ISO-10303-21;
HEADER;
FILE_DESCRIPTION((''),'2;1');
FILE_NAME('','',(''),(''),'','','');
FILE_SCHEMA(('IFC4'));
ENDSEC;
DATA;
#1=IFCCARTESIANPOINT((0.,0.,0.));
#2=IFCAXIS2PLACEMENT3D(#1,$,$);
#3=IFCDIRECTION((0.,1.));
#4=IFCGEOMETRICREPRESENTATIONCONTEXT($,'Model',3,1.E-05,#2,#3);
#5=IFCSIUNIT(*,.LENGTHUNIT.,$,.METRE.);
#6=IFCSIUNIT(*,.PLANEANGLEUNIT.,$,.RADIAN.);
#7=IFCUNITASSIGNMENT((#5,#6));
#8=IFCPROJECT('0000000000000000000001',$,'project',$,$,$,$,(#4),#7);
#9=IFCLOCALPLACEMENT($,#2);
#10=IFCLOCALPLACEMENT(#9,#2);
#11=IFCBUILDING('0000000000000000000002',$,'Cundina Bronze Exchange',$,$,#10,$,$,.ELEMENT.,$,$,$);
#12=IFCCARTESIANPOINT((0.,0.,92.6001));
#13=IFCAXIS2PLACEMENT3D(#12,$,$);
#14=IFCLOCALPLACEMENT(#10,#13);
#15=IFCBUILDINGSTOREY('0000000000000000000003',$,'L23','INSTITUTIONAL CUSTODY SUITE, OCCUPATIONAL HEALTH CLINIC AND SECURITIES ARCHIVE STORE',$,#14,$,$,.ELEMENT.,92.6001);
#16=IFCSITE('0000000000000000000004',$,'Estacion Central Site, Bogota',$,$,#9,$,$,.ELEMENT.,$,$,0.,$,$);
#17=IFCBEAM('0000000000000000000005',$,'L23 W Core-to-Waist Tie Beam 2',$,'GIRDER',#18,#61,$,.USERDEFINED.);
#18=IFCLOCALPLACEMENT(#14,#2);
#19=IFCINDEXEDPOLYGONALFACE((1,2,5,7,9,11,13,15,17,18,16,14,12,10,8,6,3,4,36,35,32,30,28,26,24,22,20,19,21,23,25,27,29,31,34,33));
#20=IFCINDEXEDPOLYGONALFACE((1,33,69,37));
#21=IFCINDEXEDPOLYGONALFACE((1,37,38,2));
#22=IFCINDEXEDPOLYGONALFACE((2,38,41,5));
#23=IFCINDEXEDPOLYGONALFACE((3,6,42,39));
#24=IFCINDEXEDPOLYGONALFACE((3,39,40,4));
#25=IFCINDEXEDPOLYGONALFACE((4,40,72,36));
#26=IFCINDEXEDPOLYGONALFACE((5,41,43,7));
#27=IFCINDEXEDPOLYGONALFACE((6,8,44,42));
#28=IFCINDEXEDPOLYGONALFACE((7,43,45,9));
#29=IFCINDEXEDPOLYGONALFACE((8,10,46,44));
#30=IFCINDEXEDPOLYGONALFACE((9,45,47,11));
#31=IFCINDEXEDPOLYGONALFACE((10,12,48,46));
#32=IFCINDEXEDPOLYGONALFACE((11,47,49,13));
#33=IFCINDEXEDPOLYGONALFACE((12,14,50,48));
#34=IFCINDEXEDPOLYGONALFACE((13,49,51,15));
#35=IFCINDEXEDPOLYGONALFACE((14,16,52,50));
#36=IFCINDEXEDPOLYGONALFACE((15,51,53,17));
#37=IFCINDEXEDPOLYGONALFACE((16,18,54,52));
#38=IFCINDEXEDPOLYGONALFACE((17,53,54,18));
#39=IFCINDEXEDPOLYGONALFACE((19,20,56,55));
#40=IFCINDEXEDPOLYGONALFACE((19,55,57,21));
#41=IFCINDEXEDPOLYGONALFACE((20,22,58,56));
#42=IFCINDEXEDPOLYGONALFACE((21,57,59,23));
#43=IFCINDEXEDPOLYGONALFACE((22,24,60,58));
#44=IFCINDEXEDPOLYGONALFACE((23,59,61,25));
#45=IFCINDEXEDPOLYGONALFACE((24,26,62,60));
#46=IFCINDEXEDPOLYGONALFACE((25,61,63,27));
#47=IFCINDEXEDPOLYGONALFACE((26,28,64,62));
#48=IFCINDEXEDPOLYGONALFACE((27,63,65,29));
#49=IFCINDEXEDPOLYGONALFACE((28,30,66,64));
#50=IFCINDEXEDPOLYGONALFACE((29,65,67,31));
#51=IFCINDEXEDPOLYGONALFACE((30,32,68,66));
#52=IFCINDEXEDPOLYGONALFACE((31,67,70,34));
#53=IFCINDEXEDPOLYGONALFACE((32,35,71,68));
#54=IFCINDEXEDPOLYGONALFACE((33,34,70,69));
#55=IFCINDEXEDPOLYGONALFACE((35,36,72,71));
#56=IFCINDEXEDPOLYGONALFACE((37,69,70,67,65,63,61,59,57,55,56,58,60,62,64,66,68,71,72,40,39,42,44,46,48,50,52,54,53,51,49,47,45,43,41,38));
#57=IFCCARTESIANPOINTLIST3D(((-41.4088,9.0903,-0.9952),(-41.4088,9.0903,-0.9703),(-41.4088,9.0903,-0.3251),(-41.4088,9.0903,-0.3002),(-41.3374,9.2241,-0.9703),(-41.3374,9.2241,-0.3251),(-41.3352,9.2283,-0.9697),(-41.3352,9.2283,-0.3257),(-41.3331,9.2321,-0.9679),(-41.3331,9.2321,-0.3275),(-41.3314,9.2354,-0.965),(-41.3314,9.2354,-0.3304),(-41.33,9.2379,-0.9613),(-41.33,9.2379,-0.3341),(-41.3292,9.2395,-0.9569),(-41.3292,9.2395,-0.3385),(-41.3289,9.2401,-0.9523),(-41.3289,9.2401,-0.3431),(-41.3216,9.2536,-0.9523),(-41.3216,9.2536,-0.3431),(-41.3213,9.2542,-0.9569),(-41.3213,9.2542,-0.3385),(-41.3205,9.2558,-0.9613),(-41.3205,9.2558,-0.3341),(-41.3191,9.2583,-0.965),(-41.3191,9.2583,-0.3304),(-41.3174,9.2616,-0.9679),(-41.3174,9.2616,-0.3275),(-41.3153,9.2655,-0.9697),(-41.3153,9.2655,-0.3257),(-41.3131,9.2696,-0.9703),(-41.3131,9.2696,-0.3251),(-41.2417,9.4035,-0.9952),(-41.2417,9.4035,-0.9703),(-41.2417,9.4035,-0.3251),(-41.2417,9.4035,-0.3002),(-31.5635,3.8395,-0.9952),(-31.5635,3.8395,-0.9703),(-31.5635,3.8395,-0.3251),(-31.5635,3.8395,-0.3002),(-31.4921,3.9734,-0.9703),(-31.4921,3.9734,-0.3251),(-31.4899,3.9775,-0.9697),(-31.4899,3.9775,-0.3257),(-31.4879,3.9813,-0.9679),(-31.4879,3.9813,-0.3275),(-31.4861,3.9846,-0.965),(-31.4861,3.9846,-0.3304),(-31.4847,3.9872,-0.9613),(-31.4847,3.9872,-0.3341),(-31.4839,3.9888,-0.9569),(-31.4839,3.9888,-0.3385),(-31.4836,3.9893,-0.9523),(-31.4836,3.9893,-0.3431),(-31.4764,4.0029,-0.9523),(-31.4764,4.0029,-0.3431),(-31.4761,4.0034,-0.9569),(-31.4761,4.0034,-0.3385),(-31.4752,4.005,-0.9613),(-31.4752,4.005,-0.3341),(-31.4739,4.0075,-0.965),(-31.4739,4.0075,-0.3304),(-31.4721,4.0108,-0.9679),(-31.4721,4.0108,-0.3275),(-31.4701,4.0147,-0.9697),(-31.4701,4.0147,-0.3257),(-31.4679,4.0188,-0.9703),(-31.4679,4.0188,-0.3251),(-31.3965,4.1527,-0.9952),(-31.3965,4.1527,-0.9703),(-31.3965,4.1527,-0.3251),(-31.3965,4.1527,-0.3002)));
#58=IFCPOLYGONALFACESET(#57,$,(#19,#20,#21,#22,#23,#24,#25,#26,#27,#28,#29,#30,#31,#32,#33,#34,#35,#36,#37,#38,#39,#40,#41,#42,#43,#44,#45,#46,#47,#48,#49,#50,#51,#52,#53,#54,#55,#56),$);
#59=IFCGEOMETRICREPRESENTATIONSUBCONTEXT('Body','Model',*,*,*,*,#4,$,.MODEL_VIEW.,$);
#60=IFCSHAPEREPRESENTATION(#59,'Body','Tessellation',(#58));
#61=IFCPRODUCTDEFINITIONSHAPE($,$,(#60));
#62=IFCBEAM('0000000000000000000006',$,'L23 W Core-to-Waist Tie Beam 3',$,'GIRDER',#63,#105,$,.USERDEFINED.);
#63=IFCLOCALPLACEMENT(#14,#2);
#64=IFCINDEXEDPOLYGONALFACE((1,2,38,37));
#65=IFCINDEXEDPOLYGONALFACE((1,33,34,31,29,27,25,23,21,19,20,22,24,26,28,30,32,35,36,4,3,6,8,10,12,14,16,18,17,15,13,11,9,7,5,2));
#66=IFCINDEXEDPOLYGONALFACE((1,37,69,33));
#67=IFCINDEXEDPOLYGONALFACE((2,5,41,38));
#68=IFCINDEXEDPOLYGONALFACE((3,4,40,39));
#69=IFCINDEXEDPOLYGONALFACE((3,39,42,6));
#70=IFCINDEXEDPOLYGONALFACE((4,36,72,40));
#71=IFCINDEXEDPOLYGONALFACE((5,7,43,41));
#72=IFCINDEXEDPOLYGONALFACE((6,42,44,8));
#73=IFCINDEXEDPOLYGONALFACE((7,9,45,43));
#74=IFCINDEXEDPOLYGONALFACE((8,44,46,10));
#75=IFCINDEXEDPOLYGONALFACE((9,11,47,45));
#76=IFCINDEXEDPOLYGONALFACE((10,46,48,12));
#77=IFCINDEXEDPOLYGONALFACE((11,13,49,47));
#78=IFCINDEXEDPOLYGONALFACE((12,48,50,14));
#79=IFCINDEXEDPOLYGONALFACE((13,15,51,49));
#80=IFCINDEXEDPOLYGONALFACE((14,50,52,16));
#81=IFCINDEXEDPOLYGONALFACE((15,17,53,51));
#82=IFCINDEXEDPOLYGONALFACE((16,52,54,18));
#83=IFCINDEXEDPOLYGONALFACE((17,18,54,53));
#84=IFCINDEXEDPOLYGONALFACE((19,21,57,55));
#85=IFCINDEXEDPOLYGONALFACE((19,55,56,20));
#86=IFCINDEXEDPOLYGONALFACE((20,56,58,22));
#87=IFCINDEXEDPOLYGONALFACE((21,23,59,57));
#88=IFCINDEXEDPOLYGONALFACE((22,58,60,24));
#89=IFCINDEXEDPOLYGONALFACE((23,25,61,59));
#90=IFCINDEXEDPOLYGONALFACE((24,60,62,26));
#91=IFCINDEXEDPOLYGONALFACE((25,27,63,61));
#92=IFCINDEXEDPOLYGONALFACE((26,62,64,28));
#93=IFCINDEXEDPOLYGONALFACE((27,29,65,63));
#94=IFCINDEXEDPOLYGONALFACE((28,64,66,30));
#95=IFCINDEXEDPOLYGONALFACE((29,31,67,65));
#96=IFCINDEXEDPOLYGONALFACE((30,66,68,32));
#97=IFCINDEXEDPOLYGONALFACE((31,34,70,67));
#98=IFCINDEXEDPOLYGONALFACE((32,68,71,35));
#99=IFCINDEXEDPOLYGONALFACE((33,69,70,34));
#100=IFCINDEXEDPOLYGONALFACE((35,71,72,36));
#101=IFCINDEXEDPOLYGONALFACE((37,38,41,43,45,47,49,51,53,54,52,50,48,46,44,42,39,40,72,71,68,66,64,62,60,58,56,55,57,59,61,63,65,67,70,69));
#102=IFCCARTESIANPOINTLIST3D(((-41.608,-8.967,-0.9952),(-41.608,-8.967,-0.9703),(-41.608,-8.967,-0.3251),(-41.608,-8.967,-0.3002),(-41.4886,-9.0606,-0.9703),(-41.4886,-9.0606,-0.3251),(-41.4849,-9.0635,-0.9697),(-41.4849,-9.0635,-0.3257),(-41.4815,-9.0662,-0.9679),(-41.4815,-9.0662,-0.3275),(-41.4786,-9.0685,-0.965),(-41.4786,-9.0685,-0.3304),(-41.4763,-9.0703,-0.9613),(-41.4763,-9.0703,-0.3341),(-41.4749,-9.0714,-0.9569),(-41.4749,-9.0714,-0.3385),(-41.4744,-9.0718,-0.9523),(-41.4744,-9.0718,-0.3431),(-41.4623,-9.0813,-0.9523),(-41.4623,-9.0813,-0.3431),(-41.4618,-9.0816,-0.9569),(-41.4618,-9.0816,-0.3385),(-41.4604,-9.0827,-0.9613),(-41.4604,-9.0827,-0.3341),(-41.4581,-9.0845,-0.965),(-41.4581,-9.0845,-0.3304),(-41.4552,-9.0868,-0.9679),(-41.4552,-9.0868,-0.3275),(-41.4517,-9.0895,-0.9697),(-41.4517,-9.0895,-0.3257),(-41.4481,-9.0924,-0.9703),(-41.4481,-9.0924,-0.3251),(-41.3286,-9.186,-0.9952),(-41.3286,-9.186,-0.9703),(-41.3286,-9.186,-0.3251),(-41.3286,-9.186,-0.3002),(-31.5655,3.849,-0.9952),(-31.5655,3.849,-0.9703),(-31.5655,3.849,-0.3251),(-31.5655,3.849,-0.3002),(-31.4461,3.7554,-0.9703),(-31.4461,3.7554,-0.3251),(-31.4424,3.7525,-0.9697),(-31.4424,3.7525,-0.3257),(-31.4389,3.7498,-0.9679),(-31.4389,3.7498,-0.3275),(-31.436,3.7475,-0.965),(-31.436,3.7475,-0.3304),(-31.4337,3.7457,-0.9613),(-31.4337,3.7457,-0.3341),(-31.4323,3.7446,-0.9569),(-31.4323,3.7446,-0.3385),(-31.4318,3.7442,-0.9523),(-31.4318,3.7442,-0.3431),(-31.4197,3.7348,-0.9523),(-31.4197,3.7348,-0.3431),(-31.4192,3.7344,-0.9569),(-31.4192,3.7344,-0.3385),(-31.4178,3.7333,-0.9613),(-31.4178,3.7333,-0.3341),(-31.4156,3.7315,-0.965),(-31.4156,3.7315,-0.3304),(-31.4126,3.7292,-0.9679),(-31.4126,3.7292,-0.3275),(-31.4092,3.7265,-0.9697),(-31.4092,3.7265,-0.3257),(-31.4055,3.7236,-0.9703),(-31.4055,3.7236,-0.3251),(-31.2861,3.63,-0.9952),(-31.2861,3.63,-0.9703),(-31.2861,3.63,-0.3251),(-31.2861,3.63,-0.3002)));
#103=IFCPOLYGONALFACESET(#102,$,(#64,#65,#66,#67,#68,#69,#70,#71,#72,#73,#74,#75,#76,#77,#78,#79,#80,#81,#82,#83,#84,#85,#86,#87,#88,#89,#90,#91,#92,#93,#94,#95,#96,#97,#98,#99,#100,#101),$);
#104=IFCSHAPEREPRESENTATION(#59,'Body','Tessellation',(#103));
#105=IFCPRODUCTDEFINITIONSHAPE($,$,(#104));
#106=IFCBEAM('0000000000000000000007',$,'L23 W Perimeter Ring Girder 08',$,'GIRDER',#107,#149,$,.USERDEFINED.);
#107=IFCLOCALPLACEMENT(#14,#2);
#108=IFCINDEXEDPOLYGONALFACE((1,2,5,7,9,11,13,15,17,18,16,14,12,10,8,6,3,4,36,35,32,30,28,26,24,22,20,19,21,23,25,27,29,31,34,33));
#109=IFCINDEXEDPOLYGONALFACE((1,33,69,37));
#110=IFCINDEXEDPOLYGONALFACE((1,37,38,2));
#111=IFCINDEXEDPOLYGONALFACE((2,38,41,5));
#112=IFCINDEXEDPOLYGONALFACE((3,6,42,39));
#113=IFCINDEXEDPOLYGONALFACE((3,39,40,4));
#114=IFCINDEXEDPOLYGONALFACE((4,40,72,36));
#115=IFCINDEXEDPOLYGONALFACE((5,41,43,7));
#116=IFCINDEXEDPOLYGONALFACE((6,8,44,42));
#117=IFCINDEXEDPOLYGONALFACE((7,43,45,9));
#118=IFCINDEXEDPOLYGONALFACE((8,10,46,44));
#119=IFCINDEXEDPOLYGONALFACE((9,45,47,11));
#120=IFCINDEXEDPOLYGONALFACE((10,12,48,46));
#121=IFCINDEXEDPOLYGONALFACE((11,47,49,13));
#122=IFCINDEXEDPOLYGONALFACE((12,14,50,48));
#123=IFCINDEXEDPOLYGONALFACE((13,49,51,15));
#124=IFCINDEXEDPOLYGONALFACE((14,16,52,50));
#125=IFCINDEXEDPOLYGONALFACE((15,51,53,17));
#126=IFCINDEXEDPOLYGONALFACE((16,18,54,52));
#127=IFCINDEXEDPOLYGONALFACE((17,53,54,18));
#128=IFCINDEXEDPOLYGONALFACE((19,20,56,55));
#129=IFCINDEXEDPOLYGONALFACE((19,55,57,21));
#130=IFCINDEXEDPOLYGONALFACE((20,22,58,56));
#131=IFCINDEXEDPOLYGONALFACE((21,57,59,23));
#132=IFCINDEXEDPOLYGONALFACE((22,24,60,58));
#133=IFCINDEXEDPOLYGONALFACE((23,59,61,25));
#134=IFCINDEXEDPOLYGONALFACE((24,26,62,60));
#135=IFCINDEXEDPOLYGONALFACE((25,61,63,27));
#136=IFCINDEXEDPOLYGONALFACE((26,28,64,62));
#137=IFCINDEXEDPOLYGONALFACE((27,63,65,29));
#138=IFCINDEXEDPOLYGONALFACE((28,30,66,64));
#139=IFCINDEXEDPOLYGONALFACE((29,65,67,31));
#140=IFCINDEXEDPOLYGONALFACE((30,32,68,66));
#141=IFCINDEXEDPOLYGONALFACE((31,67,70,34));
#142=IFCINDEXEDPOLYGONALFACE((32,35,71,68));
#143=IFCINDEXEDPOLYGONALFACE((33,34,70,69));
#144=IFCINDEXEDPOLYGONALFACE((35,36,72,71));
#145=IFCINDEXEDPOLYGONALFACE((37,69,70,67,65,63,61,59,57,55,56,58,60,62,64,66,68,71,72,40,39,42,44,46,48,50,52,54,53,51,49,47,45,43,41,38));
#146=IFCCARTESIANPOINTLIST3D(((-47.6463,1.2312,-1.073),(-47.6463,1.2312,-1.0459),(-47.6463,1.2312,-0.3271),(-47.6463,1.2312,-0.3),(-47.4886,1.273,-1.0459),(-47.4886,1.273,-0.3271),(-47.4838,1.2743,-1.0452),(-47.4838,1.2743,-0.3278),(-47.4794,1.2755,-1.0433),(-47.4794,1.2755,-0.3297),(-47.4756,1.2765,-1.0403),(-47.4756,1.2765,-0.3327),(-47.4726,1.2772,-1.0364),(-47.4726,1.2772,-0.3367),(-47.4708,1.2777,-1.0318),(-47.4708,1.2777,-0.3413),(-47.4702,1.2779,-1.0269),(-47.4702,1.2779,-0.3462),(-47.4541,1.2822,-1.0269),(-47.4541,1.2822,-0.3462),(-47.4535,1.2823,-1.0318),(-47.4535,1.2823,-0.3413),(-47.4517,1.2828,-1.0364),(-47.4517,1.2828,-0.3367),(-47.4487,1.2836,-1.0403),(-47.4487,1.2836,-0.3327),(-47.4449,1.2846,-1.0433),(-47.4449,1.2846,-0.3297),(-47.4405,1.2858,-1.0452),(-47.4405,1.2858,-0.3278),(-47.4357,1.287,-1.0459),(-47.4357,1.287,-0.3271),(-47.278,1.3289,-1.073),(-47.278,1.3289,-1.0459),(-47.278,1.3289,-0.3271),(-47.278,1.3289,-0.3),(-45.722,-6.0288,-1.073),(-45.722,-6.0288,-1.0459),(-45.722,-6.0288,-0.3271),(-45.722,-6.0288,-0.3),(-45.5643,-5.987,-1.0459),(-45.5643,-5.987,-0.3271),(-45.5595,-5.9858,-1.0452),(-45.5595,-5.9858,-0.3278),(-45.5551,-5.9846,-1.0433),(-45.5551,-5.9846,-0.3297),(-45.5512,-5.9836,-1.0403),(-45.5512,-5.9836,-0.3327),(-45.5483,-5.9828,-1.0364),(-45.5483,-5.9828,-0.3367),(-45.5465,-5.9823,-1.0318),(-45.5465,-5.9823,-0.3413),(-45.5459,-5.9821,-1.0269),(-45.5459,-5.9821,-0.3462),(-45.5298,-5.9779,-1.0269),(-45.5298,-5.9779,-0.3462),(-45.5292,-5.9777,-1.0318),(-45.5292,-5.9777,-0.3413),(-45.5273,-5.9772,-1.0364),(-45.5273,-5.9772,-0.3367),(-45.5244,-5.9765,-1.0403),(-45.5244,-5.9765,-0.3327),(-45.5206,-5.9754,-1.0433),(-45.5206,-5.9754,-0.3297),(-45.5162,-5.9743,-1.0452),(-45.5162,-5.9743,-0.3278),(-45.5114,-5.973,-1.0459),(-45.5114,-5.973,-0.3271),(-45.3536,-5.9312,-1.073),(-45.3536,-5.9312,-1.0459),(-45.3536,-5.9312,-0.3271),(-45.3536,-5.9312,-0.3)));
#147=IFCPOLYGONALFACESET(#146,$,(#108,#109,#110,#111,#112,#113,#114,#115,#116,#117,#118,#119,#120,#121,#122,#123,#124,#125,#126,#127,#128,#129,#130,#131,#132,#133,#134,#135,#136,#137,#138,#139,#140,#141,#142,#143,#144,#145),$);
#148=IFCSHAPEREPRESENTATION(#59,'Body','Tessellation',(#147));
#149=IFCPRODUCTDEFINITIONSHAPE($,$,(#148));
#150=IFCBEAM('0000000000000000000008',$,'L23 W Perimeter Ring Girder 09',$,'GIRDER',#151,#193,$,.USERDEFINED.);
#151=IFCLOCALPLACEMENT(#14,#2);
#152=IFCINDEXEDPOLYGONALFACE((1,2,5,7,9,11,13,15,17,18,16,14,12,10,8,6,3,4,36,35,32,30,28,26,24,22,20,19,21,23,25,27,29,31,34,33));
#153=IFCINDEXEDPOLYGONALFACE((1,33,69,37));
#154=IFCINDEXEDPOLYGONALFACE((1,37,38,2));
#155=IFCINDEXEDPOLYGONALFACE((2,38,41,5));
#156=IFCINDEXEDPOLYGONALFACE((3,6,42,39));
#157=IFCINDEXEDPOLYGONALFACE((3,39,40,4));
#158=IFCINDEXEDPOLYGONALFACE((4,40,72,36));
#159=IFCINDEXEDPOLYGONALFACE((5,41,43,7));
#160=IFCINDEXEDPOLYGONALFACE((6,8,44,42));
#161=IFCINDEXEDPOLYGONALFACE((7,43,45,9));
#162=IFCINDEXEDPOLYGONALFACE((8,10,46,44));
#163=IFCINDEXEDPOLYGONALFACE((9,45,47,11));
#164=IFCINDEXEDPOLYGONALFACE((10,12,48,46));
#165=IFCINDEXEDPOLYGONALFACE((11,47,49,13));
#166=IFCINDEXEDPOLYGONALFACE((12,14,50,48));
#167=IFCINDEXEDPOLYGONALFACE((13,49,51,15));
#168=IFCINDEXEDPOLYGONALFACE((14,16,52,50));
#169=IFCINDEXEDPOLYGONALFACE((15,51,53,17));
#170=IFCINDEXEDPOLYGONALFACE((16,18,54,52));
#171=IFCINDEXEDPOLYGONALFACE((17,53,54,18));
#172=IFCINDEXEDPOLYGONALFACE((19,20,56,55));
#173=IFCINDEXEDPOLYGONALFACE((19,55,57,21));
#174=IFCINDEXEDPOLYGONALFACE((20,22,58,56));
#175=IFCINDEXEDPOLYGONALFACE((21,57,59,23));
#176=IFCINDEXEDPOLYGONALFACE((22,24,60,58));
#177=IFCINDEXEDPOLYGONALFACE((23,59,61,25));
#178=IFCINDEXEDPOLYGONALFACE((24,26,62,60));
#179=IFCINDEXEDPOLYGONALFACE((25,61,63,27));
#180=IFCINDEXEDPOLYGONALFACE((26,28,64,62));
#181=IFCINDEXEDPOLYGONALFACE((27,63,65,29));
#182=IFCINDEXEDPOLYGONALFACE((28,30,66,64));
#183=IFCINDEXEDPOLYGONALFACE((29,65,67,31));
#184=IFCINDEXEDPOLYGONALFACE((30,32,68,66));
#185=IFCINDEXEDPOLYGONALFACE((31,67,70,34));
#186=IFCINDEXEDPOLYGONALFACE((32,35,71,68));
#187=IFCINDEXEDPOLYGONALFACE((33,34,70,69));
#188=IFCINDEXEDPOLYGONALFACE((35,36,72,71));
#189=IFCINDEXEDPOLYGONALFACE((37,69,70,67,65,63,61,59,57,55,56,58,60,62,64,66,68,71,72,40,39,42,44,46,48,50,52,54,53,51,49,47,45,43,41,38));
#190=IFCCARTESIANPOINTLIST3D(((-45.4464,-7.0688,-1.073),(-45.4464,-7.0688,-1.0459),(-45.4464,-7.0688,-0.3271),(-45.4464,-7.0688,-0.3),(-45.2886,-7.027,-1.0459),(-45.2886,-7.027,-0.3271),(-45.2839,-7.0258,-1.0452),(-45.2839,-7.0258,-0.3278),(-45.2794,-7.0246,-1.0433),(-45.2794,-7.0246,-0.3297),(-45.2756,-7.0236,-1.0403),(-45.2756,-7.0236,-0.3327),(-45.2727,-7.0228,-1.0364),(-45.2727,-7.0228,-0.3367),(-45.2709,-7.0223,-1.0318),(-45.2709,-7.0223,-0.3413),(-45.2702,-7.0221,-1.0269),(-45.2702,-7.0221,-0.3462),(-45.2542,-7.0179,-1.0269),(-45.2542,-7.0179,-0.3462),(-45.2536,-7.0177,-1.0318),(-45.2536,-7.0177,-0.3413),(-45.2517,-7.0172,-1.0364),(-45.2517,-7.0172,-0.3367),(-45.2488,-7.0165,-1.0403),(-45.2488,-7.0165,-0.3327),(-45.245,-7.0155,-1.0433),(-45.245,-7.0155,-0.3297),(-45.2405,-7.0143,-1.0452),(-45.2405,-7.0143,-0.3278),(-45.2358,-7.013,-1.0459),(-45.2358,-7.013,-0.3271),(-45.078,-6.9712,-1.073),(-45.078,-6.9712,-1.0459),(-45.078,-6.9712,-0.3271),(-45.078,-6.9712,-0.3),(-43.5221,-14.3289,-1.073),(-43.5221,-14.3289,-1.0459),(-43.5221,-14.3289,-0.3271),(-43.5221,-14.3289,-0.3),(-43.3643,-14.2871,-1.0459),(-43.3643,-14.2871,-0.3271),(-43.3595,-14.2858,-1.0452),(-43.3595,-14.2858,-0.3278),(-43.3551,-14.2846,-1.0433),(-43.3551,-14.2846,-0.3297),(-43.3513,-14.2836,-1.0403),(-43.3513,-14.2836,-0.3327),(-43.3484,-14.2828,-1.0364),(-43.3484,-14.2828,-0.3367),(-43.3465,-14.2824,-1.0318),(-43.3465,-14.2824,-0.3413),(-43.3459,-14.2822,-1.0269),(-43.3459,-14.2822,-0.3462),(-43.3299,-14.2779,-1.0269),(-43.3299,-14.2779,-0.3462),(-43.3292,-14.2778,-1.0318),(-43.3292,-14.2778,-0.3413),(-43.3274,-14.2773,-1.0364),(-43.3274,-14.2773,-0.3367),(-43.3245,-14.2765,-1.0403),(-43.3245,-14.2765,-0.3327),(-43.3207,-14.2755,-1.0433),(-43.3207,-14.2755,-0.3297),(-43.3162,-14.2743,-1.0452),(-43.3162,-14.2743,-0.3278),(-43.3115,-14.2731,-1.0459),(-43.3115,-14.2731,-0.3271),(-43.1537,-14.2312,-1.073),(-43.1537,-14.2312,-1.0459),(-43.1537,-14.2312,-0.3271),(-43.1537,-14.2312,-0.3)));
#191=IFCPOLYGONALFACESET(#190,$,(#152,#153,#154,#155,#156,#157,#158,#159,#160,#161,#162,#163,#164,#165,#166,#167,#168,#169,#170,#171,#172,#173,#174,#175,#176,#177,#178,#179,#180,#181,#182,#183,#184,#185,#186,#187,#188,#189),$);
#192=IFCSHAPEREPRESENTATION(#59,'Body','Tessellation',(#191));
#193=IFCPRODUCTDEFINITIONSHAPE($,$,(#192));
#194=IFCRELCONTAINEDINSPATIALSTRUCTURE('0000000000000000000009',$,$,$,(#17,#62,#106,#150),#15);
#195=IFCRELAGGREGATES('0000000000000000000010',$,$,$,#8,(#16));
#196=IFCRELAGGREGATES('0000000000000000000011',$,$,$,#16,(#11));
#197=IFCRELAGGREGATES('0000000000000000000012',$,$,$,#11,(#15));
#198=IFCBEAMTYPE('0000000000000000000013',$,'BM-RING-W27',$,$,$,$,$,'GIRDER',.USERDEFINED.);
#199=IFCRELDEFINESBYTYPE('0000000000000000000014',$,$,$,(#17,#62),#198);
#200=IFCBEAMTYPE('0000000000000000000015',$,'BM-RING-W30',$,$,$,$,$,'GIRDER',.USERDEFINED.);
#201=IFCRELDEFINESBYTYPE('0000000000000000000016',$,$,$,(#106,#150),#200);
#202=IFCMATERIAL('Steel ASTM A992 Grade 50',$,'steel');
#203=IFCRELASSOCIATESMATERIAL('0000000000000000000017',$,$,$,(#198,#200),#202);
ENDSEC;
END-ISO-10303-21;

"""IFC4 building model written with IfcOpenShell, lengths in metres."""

from ifc_helpers import new_model, si_unit, direction, frame, origin, origin_2d, place, context, subcontext, project, spatial, i_section, extrude, material, material_profile, profile_set, type_object, element, save


model = new_model("IFC4")

# Units and contexts
model_context = context("Model", 3, precision=1e-05, world=origin(), true_north=direction((0.0, 1.0)))
body_context = subcontext(model_context, "Body", "Model", "MODEL_VIEW")
ifc_project = project(units=[si_unit("LENGTHUNIT", "METRE"), si_unit("PLANEANGLEUNIT", "RADIAN")], contexts=[model_context])

# Site, building, storey
site_placement = place(None, origin())
site = spatial("IfcSite", under=ifc_project, at=site_placement, Name="Estacion Central Site, Bogota", CompositionType="ELEMENT", RefElevation=0.0)
building_placement = place(site_placement, origin())
building = spatial("IfcBuilding", under=site, at=building_placement, Name="Cundina Bronze Exchange", CompositionType="ELEMENT")
storey_placement = place(building_placement, frame((0.0, 0.0, 92.6001)))
storey = spatial("IfcBuildingStorey", under=building, at=storey_placement, Name="L23", Description="INSTITUTIONAL CUSTODY SUITE, OCCUPATIONAL HEALTH CLINIC AND SECURITIES ARCHIVE STORE", CompositionType="ELEMENT", Elevation=92.6001)

# Shared definitions
ifc_material_1 = material(Name="Steel ASTM A992 Grade 50", Category="steel")

# Beams
ifc_material_profile_1 = material_profile(ifc_material_1, i_section(OverallWidth=0.355, OverallDepth=0.6951, WebThickness=0.0154, FlangeThickness=0.0249, FilletRadius=0.0181, at=origin_2d()), Name="W27X146", Category="steel")
ifc_profile_set_1 = profile_set([ifc_material_profile_1], Name="Steel ASTM A992 Grade 50")
beam_type_1 = type_object("IfcBeamType", Name="BM-RING-W27", ElementType="GIRDER", PredefinedType="USERDEFINED", material=ifc_profile_set_1)
beam_1_placement = place(storey_placement, frame((-31.48, 3.9961, -0.6477), z_axis=(-0.882355, 0.470585, 0.0), x_axis=(-0.470585, -0.882355, 0.0)))
element("IfcBeam", 1, at=beam_1_placement, inside=storey, type_object=beam_type_1, Name="L23 W Core-to-Waist Tie Beam 2", ObjectType="GIRDER", PredefinedType="USERDEFINED", context=body_context, shape_type="SweptSolid", body=[
    extrude(i_section(OverallWidth=0.355, OverallDepth=0.6951, WebThickness=0.0154, FlangeThickness=0.0249, FilletRadius=0.0181, at=origin_2d()), origin(), (0.0, 0.0, 1.0), 11.158),
])
beam_2_placement = place(storey_placement, frame((-31.4258, 3.7395, -0.6477), z_axis=(-0.616789, -0.787128, 0.0), x_axis=(0.787128, -0.616789, 0.0)))
element("IfcBeam", 2, at=beam_2_placement, inside=storey, type_object=beam_type_1, Name="L23 W Core-to-Waist Tie Beam 3", ObjectType="GIRDER", PredefinedType="USERDEFINED", context=body_context, shape_type="SweptSolid", body=[
    extrude(i_section(OverallWidth=0.355, OverallDepth=0.6951, WebThickness=0.0154, FlangeThickness=0.0249, FilletRadius=0.0181, at=origin_2d()), origin(), (0.0, 0.0, 1.0), 16.282),
])
ifc_material_profile_2 = material_profile(ifc_material_1, i_section(OverallWidth=0.3811, OverallDepth=0.7729, WebThickness=0.0166, FlangeThickness=0.0271, FilletRadius=0.019, at=origin_2d()), Name="W30X173", Category="steel")
ifc_profile_set_2 = profile_set([ifc_material_profile_2], Name="Steel ASTM A992 Grade 50")
beam_type_2 = type_object("IfcBeamType", Name="BM-RING-W30", ElementType="GIRDER", PredefinedType="USERDEFINED", material=ifc_profile_set_2)
for number, where, z_axis, x_axis, name in (
    (3, (-47.4622, 1.28, -0.6865), (0.25621, -0.966621, 0.0), (0.966621, 0.25621, 0.0), "L23 W Perimeter Ring Girder 08"),
    (4, (-45.2622, -7.02, -0.6865), (0.25621, -0.966621, 0.0), (0.966621, 0.25621, 0.0), "L23 W Perimeter Ring Girder 09"),
):
    element("IfcBeam", number, at=place(storey_placement, frame(where, z_axis=z_axis, x_axis=x_axis)), inside=storey, type_object=beam_type_2, Name=name, ObjectType="GIRDER", PredefinedType="USERDEFINED", context=body_context, shape_type="SweptSolid", body=[
        extrude(i_section(OverallWidth=0.3811, OverallDepth=0.7729, WebThickness=0.0166, FlangeThickness=0.0271, FilletRadius=0.019, at=origin_2d()), origin(), (0.0, 0.0, 1.0), 7.5107),
    ])

save(model, "model.ifc")
